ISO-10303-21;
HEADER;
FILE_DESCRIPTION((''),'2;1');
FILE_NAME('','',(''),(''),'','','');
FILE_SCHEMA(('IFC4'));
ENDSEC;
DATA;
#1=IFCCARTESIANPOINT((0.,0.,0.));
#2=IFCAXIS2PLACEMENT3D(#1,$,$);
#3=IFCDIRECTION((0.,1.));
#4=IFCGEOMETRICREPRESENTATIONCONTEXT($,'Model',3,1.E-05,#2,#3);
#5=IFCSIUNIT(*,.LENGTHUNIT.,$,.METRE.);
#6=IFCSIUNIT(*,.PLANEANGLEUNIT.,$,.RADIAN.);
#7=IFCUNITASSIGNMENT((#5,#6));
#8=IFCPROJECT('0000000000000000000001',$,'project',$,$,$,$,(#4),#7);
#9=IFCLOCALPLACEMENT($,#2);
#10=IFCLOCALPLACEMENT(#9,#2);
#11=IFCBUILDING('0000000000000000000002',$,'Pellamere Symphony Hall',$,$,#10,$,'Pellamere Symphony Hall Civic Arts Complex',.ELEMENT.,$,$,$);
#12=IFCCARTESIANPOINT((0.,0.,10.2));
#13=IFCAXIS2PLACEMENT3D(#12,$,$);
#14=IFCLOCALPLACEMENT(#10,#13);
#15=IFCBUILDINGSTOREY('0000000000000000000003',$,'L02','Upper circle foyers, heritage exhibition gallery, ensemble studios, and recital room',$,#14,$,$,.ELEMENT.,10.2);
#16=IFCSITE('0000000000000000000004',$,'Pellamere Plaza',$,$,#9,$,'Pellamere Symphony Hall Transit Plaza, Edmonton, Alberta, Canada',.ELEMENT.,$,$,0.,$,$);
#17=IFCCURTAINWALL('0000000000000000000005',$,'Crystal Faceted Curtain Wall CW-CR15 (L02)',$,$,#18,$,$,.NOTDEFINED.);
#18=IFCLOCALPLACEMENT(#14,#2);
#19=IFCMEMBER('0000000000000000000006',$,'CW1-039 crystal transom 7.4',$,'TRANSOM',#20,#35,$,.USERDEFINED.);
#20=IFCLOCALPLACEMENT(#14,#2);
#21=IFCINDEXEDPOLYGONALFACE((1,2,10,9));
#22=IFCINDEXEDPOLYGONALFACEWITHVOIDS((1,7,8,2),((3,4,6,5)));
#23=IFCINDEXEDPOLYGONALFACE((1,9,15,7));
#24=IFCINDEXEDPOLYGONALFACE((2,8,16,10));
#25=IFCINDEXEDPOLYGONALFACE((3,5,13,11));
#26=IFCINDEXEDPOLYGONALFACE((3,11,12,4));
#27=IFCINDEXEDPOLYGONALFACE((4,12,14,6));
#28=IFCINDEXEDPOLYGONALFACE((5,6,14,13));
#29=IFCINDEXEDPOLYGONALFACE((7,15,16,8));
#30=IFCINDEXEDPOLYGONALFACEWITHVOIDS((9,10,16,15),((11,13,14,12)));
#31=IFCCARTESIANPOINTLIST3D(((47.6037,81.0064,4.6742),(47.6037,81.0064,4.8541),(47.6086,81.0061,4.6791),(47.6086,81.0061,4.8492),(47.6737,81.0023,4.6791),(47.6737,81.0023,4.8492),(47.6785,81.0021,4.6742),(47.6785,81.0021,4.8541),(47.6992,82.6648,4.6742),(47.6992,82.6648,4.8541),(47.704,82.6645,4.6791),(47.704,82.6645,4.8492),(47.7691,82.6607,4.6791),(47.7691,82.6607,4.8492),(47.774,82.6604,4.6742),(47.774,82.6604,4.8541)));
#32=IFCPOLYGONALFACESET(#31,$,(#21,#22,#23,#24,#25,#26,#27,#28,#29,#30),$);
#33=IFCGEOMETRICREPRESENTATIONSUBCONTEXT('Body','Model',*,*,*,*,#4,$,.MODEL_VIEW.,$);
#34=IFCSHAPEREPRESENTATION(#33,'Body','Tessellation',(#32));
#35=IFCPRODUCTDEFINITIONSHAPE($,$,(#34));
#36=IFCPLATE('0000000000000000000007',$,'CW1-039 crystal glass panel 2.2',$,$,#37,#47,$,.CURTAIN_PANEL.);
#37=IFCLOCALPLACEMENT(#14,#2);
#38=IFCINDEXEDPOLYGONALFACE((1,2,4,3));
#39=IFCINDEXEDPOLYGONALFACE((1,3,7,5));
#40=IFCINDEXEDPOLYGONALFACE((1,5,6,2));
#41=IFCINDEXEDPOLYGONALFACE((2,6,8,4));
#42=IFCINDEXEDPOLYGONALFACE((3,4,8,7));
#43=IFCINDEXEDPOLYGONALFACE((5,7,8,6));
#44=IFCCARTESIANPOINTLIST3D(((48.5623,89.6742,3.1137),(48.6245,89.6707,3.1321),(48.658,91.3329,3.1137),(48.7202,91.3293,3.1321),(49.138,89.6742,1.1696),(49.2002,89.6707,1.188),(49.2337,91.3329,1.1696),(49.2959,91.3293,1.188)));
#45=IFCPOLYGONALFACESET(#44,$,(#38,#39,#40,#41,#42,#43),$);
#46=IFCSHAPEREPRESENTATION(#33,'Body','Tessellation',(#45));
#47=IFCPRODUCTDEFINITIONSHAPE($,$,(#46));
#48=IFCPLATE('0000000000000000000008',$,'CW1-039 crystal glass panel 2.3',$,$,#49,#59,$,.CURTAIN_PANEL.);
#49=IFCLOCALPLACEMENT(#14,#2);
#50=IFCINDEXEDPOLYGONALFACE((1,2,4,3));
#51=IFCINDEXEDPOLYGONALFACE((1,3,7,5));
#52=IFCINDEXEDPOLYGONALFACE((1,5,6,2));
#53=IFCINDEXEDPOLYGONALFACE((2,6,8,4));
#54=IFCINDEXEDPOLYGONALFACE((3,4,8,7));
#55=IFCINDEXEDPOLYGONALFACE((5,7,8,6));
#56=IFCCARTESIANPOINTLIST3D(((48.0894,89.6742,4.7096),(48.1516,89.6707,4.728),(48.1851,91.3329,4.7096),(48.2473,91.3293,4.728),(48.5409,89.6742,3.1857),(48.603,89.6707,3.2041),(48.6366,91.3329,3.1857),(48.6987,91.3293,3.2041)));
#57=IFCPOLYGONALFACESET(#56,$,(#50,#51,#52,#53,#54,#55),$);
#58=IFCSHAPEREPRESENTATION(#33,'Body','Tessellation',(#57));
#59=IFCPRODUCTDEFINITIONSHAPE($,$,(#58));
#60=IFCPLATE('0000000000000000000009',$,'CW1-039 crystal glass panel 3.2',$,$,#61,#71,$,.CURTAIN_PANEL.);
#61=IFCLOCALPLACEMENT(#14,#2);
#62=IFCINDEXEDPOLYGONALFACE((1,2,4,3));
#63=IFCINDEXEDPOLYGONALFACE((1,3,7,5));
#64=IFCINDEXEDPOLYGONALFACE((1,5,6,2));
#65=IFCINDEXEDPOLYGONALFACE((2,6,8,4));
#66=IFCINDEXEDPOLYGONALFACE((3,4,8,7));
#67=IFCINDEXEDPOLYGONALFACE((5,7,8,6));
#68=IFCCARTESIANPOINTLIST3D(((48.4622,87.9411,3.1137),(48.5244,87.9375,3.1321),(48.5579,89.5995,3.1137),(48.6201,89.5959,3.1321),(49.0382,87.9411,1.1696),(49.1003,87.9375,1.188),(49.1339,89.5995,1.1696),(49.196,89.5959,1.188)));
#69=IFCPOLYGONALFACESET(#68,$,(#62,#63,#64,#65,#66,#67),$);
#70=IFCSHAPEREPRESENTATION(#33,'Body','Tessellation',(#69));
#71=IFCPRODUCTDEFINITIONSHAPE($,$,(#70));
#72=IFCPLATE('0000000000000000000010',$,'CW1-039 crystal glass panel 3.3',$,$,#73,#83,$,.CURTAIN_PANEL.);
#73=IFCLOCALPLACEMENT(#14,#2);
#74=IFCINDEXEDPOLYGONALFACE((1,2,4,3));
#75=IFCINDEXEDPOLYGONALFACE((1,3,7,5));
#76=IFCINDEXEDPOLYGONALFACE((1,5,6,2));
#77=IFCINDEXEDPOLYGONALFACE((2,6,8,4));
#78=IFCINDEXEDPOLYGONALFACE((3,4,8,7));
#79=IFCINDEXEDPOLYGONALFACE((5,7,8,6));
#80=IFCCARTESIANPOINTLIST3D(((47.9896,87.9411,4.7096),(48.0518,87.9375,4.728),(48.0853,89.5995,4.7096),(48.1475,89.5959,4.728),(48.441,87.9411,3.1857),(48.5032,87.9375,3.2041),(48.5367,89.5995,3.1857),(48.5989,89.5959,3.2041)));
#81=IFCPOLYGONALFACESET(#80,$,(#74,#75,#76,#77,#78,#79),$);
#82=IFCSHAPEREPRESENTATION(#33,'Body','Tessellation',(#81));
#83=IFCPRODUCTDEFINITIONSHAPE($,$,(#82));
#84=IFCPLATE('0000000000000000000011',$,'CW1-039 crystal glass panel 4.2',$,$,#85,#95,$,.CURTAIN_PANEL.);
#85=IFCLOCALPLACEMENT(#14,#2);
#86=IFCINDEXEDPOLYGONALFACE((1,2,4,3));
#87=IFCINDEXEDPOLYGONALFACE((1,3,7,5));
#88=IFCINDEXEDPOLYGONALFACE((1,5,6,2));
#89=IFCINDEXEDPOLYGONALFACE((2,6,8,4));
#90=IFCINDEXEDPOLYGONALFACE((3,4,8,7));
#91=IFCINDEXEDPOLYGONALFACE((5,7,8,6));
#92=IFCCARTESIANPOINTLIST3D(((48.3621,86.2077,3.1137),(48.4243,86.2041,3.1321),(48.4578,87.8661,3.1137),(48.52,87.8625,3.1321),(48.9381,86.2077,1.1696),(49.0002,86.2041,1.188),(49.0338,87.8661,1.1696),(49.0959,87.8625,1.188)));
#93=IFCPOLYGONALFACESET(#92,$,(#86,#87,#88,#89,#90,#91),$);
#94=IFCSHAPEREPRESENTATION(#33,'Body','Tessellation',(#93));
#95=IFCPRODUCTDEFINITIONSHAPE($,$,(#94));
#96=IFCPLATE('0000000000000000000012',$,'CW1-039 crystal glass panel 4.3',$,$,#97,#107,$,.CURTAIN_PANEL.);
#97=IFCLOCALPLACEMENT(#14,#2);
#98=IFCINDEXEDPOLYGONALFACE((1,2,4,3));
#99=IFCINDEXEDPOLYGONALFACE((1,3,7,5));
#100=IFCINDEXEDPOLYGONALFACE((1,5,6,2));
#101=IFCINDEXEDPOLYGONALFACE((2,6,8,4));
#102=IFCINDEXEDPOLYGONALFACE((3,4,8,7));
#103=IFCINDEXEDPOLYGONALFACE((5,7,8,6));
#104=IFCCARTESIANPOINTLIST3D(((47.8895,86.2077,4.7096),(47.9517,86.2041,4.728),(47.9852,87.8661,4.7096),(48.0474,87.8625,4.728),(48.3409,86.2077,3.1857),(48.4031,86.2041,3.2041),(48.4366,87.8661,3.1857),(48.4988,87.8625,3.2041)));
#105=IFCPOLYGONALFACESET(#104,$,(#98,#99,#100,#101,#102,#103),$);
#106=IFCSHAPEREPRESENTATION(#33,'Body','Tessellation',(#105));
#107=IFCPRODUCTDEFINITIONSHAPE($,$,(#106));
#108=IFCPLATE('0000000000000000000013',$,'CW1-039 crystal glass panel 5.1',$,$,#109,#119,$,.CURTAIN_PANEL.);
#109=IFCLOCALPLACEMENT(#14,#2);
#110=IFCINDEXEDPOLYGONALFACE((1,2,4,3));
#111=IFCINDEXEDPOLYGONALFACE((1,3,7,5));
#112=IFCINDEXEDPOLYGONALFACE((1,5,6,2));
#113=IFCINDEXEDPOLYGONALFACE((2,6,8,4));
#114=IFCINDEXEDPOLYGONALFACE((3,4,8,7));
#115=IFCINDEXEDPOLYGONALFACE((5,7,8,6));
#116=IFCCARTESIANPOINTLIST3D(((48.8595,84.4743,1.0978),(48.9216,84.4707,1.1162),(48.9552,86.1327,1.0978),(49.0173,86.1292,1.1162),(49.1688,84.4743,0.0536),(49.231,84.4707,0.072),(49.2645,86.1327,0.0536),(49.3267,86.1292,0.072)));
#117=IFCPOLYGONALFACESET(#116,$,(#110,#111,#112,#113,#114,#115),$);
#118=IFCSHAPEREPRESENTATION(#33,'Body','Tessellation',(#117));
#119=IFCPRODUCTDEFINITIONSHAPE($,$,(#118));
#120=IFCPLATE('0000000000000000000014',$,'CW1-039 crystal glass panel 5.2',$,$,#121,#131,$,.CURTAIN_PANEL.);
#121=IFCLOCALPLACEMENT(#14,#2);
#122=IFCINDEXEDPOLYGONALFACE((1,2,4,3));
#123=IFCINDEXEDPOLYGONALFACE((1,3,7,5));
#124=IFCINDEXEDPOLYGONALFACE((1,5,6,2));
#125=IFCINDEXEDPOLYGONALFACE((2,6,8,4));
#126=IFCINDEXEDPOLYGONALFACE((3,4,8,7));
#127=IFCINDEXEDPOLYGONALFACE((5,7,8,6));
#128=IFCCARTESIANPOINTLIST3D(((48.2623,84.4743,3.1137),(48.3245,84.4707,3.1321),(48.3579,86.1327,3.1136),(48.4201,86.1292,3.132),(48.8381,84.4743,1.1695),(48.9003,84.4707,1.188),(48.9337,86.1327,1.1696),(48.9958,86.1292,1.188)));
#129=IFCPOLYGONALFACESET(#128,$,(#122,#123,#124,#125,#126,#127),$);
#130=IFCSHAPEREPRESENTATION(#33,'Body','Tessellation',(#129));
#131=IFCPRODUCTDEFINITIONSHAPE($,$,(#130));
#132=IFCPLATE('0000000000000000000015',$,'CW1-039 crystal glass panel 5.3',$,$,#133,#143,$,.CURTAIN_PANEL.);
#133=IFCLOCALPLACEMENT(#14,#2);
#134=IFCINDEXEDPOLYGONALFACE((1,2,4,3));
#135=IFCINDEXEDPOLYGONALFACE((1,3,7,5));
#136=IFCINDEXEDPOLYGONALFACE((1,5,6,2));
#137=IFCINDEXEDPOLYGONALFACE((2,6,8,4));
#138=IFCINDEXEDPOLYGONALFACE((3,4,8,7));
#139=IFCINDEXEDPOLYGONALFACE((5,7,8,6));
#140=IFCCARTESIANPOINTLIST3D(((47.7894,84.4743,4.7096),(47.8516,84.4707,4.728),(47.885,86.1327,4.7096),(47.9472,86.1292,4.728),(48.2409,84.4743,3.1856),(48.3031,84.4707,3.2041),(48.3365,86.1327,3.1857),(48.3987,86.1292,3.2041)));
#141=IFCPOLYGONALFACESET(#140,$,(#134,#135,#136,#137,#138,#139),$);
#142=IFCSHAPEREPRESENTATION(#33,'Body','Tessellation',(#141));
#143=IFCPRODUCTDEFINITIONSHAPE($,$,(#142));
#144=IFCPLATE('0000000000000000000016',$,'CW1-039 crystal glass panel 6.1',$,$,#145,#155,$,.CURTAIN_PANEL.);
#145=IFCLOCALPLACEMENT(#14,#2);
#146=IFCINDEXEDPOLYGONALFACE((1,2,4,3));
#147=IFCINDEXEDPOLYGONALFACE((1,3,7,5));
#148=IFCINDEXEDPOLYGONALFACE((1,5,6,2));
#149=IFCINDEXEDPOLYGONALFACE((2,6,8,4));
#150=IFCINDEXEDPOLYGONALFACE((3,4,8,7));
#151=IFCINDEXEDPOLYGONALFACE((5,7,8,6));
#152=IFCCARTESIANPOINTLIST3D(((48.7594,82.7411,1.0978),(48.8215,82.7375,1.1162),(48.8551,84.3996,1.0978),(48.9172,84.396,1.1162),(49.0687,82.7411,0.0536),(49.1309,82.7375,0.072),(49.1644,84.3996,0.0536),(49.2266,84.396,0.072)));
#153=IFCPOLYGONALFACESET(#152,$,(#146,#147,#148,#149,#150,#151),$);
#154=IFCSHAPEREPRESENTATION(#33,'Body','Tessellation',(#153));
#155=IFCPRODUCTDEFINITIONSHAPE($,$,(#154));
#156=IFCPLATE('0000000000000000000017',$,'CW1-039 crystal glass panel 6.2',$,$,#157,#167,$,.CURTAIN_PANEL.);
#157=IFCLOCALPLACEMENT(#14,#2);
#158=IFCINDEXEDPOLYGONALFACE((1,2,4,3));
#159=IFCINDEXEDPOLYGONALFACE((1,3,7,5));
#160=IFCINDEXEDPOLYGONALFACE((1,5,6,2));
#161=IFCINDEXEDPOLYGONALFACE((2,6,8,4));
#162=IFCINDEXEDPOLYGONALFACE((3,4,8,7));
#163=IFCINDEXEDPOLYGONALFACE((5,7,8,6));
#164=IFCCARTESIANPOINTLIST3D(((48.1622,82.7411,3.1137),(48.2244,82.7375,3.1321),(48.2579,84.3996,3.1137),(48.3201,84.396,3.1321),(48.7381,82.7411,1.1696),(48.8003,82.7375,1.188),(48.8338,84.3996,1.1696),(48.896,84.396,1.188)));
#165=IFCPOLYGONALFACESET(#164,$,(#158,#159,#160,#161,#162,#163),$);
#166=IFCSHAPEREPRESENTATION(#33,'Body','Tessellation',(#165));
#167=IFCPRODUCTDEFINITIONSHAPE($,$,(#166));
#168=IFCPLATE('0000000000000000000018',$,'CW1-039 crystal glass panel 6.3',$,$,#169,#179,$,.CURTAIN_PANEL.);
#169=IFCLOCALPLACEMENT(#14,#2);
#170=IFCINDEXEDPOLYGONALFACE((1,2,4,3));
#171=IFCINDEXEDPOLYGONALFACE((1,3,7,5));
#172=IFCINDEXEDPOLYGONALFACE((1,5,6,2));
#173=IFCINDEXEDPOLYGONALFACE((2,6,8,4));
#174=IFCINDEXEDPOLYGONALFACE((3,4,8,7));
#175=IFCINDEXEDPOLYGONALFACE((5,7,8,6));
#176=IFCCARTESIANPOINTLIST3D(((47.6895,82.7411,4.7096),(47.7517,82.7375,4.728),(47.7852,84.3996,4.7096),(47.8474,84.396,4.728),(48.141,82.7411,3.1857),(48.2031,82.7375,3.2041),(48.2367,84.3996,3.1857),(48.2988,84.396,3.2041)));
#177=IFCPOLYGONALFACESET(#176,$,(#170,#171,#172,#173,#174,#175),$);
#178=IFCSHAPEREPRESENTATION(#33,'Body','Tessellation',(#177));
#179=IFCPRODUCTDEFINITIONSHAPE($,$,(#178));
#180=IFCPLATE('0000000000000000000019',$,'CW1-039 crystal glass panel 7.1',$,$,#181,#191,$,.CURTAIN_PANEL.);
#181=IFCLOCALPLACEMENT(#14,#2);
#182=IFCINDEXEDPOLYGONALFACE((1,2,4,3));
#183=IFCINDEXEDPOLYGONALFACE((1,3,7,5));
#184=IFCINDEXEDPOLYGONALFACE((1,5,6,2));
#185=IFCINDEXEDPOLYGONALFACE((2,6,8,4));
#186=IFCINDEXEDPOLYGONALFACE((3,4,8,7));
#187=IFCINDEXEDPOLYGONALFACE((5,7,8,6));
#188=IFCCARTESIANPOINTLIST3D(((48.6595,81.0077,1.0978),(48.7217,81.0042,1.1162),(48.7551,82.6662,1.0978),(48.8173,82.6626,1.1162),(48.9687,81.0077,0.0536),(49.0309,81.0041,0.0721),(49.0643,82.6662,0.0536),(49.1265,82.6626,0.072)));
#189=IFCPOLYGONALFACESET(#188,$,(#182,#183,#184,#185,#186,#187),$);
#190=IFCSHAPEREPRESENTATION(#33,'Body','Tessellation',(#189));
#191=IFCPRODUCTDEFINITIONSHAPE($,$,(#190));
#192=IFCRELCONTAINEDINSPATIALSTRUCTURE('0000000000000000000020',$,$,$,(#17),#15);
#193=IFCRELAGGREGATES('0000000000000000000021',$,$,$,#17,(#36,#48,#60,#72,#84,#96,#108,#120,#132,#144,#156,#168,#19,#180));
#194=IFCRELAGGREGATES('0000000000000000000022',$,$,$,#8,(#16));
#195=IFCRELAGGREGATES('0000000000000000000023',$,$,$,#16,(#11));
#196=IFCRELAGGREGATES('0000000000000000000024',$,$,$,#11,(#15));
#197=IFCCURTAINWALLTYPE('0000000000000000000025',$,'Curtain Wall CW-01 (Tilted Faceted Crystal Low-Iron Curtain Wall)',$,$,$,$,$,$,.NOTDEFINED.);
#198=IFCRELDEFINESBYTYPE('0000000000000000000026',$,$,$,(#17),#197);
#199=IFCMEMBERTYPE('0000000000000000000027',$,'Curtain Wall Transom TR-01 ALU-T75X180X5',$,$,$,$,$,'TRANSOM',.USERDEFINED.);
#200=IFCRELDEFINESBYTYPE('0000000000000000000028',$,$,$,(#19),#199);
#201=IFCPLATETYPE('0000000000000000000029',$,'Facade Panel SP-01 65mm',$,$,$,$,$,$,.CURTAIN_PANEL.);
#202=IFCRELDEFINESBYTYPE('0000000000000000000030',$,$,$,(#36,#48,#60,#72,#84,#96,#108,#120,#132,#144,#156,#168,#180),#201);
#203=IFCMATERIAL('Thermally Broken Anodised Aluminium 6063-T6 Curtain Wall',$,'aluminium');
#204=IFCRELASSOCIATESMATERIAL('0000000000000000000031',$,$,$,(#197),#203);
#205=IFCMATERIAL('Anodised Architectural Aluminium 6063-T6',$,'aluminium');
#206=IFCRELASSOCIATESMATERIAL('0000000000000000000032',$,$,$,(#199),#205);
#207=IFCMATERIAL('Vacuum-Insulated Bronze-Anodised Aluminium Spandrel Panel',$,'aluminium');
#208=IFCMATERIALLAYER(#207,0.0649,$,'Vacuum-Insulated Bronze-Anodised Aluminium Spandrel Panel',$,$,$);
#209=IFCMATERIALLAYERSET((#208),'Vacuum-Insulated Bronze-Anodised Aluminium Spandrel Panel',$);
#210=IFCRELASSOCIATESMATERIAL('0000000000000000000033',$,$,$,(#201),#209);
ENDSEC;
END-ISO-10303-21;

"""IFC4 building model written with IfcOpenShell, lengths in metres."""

from ifc_helpers import new_model, si_unit, direction, frame, origin, origin_2d, place, context, subcontext, project, spatial, polyline, hollow_rectangle, outline, extrude, material, layer, layer_set, material_profile, profile_set, type_object, element, aggregate, save


model = new_model("IFC4")

# Units and contexts
model_context = context("Model", 3, precision=1e-05, world=origin(), true_north=direction((0.0, 1.0)))
body_context = subcontext(model_context, "Body", "Model", "MODEL_VIEW")
ifc_project = project(units=[si_unit("LENGTHUNIT", "METRE"), si_unit("PLANEANGLEUNIT", "RADIAN")], contexts=[model_context])

# Site, building, storey
site_placement = place(None, origin())
site = spatial("IfcSite", under=ifc_project, at=site_placement, Name="Pellamere Plaza", LongName="Pellamere Symphony Hall Transit Plaza, Edmonton, Alberta, Canada", CompositionType="ELEMENT", RefElevation=0.0)
building_placement = place(site_placement, origin())
building = spatial("IfcBuilding", under=site, at=building_placement, Name="Pellamere Symphony Hall", LongName="Pellamere Symphony Hall Civic Arts Complex", CompositionType="ELEMENT")
storey_placement = place(building_placement, frame((0.0, 0.0, 10.2)))
storey = spatial("IfcBuildingStorey", under=building, at=storey_placement, Name="L02", Description="Upper circle foyers, heritage exhibition gallery, ensemble studios, and recital room", CompositionType="ELEMENT", Elevation=10.2)

# Curtain wall, member, plates
ifc_material_1 = material(Name="Thermally Broken Anodised Aluminium 6063-T6 Curtain Wall", Category="aluminium")
curtain_wall_type = type_object("IfcCurtainWallType", Name="Curtain Wall CW-01 (Tilted Faceted Crystal Low-Iron Curtain Wall)", PredefinedType="NOTDEFINED", material=ifc_material_1)
curtain_wall_placement = place(storey_placement, origin())
curtain_wall = element("IfcCurtainWall", 1, at=curtain_wall_placement, inside=storey, type_object=curtain_wall_type, Name="Crystal Faceted Curtain Wall CW-CR15 (L02)", PredefinedType="NOTDEFINED")
ifc_material_2 = material(Name="Anodised Architectural Aluminium 6063-T6", Category="aluminium")
ifc_material_profile_1 = material_profile(ifc_material_2, hollow_rectangle(XDim=0.075, YDim=0.1799, WallThickness=0.0049, at=origin_2d()), Name="ALU-T75X180X5")
ifc_profile_set_1 = profile_set([ifc_material_profile_1], Name="Anodised Architectural Aluminium 6063-T6")
member_type_1 = type_object("IfcMemberType", Name="Curtain Wall Transom TR-01 ALU-T75X180X5", ElementType="TRANSOM", PredefinedType="USERDEFINED", material=ifc_profile_set_1)
member_1_placement = place(storey_placement, frame((47.7366, 82.6626, 4.7642), z_axis=(-0.057464, -0.998348, 0.0), x_axis=(0.998348, -0.057464, 0.0)))
member_1 = element("IfcMember", 2, at=member_1_placement, type_object=member_type_1, Name="CW1-039 crystal transom 7.4", ObjectType="TRANSOM", PredefinedType="USERDEFINED", context=body_context, shape_type="SweptSolid", body=[
    extrude(hollow_rectangle(XDim=0.075, YDim=0.1799, WallThickness=0.0049, at=origin_2d()), origin(), (0.0, 0.0, 1.0), 1.6611),
])
ifc_material_3 = material(Name="Vacuum-Insulated Bronze-Anodised Aluminium Spandrel Panel", Category="aluminium")
ifc_layer = layer(ifc_material_3, 0.0649, Name="Vacuum-Insulated Bronze-Anodised Aluminium Spandrel Panel")
ifc_layer_set = layer_set([ifc_layer], Name="Vacuum-Insulated Bronze-Anodised Aluminium Spandrel Panel")
plate_type = type_object("IfcPlateType", Name="Facade Panel SP-01 65mm", PredefinedType="CURTAIN_PANEL", material=ifc_layer_set)
plate_1_placement = place(storey_placement, frame((49.2959, 91.3293, 1.188), z_axis=(0.95738, -0.055239, 0.283499), x_axis=(-0.057602, -0.99834, 0.0)))
plate_1 = element("IfcPlate", 3, at=plate_1_placement, type_object=plate_type, Name="CW1-039 crystal glass panel 2.2", PredefinedType="CURTAIN_PANEL", context=body_context, shape_type="SweptSolid", body=[
    extrude(outline(polyline([(0.0, 0.0), (1.6615, 0.0), (1.6946, -2.0273), (0.0332, -2.0273), (0.0, 0.0)])), origin(), (0.0, 0.0, -1.0), 0.0649),
])
plate_2_placement = place(storey_placement, frame((48.6987, 91.3293, 3.2041), z_axis=(0.957354, -0.055237, 0.283587), x_axis=(-0.057602, -0.99834, 0.0)))
plate_2 = element("IfcPlate", 4, at=plate_2_placement, type_object=plate_type, Name="CW1-039 crystal glass panel 2.3", PredefinedType="CURTAIN_PANEL", context=body_context, shape_type="SweptSolid", body=[
    extrude(outline(polyline([(0.0, 0.0), (1.6615, 0.0), (1.6875, -1.5892), (0.026, -1.5892), (0.0, 0.0)])), origin(), (0.0, 0.0, -1.0), 0.0649),
])
plate_3_placement = place(storey_placement, frame((49.196, 89.5959, 1.188), z_axis=(0.957347, -0.055245, 0.283609), x_axis=(-0.057611, -0.998339, 0.0)))
plate_3 = element("IfcPlate", 5, at=plate_3_placement, type_object=plate_type, Name="CW1-039 crystal glass panel 3.2", PredefinedType="CURTAIN_PANEL", context=body_context, shape_type="SweptSolid", body=[
    extrude(outline(polyline([(0.0, 0.0), (1.6612, 0.0), (1.6944, -2.0273), (0.0332, -2.0273), (0.0, 0.0)])), origin(), (0.0, 0.0, -1.0), 0.0649),
])
plate_4_placement = place(storey_placement, frame((48.5989, 89.5959, 3.2041), z_axis=(0.957354, -0.055246, 0.283587), x_axis=(-0.057611, -0.998339, 0.0)))
plate_4 = element("IfcPlate", 6, at=plate_4_placement, type_object=plate_type, Name="CW1-039 crystal glass panel 3.3", PredefinedType="CURTAIN_PANEL", context=body_context, shape_type="SweptSolid", body=[
    extrude(outline(polyline([(0.0, 0.0), (1.6612, 0.0), (1.6872, -1.5892), (0.026, -1.5892), (0.0, 0.0)])), origin(), (0.0, 0.0, -1.0), 0.0649),
])
plate_5_placement = place(storey_placement, frame((49.0959, 87.8625, 1.188), z_axis=(0.957347, -0.055245, 0.283609), x_axis=(-0.057611, -0.998339, 0.0)))
plate_5 = element("IfcPlate", 7, at=plate_5_placement, type_object=plate_type, Name="CW1-039 crystal glass panel 4.2", PredefinedType="CURTAIN_PANEL", context=body_context, shape_type="SweptSolid", body=[
    extrude(outline(polyline([(0.0, 0.0), (1.6612, 0.0), (1.6944, -2.0273), (0.0332, -2.0273), (0.0, 0.0)])), origin(), (0.0, 0.0, -1.0), 0.0649),
])
plate_6_placement = place(storey_placement, frame((48.4988, 87.8625, 3.2041), z_axis=(0.957354, -0.055246, 0.283587), x_axis=(-0.057611, -0.998339, 0.0)))
plate_6 = element("IfcPlate", 8, at=plate_6_placement, type_object=plate_type, Name="CW1-039 crystal glass panel 4.3", PredefinedType="CURTAIN_PANEL", context=body_context, shape_type="SweptSolid", body=[
    extrude(outline(polyline([(0.0, 0.0), (1.6612, 0.0), (1.6872, -1.5892), (0.026, -1.5892), (0.0, 0.0)])), origin(), (0.0, 0.0, -1.0), 0.0649),
])
plate_7_placement = place(storey_placement, frame((49.3267, 86.1292, 0.072), z_axis=(0.95735, -0.055245, 0.283601), x_axis=(-0.057611, -0.998339, 0.0)))
plate_7 = element("IfcPlate", 9, at=plate_7_placement, type_object=plate_type, Name="CW1-039 crystal glass panel 5.1", PredefinedType="CURTAIN_PANEL", context=body_context, shape_type="SweptSolid", body=[
    extrude(outline(polyline([(0.0, 0.0), (1.6612, 0.0), (1.679, -1.0889), (0.0178, -1.0889), (0.0, 0.0)])), origin(), (0.0, 0.0, -1.0), 0.0649),
])
plate_8_placement = place(storey_placement, frame((48.9958, 86.1292, 1.188), z_axis=(0.957367, -0.055176, 0.283555), x_axis=(-0.057531, -0.998344, -0.00002)))
plate_8 = element("IfcPlate", 10, at=plate_8_placement, type_object=plate_type, Name="CW1-039 crystal glass panel 5.2", PredefinedType="CURTAIN_PANEL", context=body_context, shape_type="SweptSolid", body=[
    extrude(outline(polyline([(0.0, 0.0), (1.6612, 0.0), (1.6943, -2.0273), (0.0331, -2.0273), (0.0, 0.0)])), origin(), (0.0, 0.0, -1.0), 0.0649),
])
plate_9_placement = place(storey_placement, frame((48.3987, 86.1292, 3.2041), z_axis=(0.957337, -0.055174, 0.283658), x_axis=(-0.057531, -0.998344, -0.00002)))
plate_9 = element("IfcPlate", 11, at=plate_9_placement, type_object=plate_type, Name="CW1-039 crystal glass panel 5.3", PredefinedType="CURTAIN_PANEL", context=body_context, shape_type="SweptSolid", body=[
    extrude(outline(polyline([(0.0, 0.0), (1.6612, 0.0), (1.6871, -1.5892), (0.0259, -1.5892), (0.0, 0.0)])), origin(), (0.0, 0.0, -1.0), 0.0649),
])
plate_10_placement = place(storey_placement, frame((49.2266, 84.396, 0.072), z_axis=(0.95735, -0.055245, 0.283601), x_axis=(-0.057611, -0.998339, 0.0)))
plate_10 = element("IfcPlate", 12, at=plate_10_placement, type_object=plate_type, Name="CW1-039 crystal glass panel 6.1", PredefinedType="CURTAIN_PANEL", context=body_context, shape_type="SweptSolid", body=[
    extrude(outline(polyline([(0.0, 0.0), (1.6612, 0.0), (1.679, -1.0889), (0.0178, -1.0889), (0.0, 0.0)])), origin(), (0.0, 0.0, -1.0), 0.0649),
])
plate_11_placement = place(storey_placement, frame((48.896, 84.396, 1.188), z_axis=(0.957347, -0.055245, 0.283609), x_axis=(-0.057611, -0.998339, 0.0)))
plate_11 = element("IfcPlate", 13, at=plate_11_placement, type_object=plate_type, Name="CW1-039 crystal glass panel 6.2", PredefinedType="CURTAIN_PANEL", context=body_context, shape_type="SweptSolid", body=[
    extrude(outline(polyline([(0.0, 0.0), (1.6612, 0.0), (1.6944, -2.0273), (0.0332, -2.0273), (0.0, 0.0)])), origin(), (0.0, 0.0, -1.0), 0.0649),
])
plate_12_placement = place(storey_placement, frame((48.2988, 84.396, 3.2041), z_axis=(0.957354, -0.055246, 0.283587), x_axis=(-0.057611, -0.998339, 0.0)))
plate_12 = element("IfcPlate", 14, at=plate_12_placement, type_object=plate_type, Name="CW1-039 crystal glass panel 6.3", PredefinedType="CURTAIN_PANEL", context=body_context, shape_type="SweptSolid", body=[
    extrude(outline(polyline([(0.0, 0.0), (1.6612, 0.0), (1.6872, -1.5892), (0.026, -1.5892), (0.0, 0.0)])), origin(), (0.0, 0.0, -1.0), 0.0649),
])
plate_13_placement = place(storey_placement, frame((49.1265, 82.6626, 0.072), z_axis=(0.957384, -0.055177, 0.283499), x_axis=(-0.057543, -0.998343, 0.00002)))
plate_13 = element("IfcPlate", 15, at=plate_13_placement, type_object=plate_type, Name="CW1-039 crystal glass panel 7.1", PredefinedType="CURTAIN_PANEL", context=body_context, shape_type="SweptSolid", body=[
    extrude(outline(polyline([(0.0, 0.0), (1.6612, 0.0), (1.679, -1.0888), (0.0178, -1.0889), (0.0, 0.0)])), origin(), (0.0, 0.0, -1.0), 0.0649),
])
aggregate(curtain_wall, [plate_1, plate_2, plate_3, plate_4, plate_5, plate_6, plate_7, plate_8, plate_9, plate_10, plate_11, plate_12, member_1, plate_13])

save(model, "model.ifc")
